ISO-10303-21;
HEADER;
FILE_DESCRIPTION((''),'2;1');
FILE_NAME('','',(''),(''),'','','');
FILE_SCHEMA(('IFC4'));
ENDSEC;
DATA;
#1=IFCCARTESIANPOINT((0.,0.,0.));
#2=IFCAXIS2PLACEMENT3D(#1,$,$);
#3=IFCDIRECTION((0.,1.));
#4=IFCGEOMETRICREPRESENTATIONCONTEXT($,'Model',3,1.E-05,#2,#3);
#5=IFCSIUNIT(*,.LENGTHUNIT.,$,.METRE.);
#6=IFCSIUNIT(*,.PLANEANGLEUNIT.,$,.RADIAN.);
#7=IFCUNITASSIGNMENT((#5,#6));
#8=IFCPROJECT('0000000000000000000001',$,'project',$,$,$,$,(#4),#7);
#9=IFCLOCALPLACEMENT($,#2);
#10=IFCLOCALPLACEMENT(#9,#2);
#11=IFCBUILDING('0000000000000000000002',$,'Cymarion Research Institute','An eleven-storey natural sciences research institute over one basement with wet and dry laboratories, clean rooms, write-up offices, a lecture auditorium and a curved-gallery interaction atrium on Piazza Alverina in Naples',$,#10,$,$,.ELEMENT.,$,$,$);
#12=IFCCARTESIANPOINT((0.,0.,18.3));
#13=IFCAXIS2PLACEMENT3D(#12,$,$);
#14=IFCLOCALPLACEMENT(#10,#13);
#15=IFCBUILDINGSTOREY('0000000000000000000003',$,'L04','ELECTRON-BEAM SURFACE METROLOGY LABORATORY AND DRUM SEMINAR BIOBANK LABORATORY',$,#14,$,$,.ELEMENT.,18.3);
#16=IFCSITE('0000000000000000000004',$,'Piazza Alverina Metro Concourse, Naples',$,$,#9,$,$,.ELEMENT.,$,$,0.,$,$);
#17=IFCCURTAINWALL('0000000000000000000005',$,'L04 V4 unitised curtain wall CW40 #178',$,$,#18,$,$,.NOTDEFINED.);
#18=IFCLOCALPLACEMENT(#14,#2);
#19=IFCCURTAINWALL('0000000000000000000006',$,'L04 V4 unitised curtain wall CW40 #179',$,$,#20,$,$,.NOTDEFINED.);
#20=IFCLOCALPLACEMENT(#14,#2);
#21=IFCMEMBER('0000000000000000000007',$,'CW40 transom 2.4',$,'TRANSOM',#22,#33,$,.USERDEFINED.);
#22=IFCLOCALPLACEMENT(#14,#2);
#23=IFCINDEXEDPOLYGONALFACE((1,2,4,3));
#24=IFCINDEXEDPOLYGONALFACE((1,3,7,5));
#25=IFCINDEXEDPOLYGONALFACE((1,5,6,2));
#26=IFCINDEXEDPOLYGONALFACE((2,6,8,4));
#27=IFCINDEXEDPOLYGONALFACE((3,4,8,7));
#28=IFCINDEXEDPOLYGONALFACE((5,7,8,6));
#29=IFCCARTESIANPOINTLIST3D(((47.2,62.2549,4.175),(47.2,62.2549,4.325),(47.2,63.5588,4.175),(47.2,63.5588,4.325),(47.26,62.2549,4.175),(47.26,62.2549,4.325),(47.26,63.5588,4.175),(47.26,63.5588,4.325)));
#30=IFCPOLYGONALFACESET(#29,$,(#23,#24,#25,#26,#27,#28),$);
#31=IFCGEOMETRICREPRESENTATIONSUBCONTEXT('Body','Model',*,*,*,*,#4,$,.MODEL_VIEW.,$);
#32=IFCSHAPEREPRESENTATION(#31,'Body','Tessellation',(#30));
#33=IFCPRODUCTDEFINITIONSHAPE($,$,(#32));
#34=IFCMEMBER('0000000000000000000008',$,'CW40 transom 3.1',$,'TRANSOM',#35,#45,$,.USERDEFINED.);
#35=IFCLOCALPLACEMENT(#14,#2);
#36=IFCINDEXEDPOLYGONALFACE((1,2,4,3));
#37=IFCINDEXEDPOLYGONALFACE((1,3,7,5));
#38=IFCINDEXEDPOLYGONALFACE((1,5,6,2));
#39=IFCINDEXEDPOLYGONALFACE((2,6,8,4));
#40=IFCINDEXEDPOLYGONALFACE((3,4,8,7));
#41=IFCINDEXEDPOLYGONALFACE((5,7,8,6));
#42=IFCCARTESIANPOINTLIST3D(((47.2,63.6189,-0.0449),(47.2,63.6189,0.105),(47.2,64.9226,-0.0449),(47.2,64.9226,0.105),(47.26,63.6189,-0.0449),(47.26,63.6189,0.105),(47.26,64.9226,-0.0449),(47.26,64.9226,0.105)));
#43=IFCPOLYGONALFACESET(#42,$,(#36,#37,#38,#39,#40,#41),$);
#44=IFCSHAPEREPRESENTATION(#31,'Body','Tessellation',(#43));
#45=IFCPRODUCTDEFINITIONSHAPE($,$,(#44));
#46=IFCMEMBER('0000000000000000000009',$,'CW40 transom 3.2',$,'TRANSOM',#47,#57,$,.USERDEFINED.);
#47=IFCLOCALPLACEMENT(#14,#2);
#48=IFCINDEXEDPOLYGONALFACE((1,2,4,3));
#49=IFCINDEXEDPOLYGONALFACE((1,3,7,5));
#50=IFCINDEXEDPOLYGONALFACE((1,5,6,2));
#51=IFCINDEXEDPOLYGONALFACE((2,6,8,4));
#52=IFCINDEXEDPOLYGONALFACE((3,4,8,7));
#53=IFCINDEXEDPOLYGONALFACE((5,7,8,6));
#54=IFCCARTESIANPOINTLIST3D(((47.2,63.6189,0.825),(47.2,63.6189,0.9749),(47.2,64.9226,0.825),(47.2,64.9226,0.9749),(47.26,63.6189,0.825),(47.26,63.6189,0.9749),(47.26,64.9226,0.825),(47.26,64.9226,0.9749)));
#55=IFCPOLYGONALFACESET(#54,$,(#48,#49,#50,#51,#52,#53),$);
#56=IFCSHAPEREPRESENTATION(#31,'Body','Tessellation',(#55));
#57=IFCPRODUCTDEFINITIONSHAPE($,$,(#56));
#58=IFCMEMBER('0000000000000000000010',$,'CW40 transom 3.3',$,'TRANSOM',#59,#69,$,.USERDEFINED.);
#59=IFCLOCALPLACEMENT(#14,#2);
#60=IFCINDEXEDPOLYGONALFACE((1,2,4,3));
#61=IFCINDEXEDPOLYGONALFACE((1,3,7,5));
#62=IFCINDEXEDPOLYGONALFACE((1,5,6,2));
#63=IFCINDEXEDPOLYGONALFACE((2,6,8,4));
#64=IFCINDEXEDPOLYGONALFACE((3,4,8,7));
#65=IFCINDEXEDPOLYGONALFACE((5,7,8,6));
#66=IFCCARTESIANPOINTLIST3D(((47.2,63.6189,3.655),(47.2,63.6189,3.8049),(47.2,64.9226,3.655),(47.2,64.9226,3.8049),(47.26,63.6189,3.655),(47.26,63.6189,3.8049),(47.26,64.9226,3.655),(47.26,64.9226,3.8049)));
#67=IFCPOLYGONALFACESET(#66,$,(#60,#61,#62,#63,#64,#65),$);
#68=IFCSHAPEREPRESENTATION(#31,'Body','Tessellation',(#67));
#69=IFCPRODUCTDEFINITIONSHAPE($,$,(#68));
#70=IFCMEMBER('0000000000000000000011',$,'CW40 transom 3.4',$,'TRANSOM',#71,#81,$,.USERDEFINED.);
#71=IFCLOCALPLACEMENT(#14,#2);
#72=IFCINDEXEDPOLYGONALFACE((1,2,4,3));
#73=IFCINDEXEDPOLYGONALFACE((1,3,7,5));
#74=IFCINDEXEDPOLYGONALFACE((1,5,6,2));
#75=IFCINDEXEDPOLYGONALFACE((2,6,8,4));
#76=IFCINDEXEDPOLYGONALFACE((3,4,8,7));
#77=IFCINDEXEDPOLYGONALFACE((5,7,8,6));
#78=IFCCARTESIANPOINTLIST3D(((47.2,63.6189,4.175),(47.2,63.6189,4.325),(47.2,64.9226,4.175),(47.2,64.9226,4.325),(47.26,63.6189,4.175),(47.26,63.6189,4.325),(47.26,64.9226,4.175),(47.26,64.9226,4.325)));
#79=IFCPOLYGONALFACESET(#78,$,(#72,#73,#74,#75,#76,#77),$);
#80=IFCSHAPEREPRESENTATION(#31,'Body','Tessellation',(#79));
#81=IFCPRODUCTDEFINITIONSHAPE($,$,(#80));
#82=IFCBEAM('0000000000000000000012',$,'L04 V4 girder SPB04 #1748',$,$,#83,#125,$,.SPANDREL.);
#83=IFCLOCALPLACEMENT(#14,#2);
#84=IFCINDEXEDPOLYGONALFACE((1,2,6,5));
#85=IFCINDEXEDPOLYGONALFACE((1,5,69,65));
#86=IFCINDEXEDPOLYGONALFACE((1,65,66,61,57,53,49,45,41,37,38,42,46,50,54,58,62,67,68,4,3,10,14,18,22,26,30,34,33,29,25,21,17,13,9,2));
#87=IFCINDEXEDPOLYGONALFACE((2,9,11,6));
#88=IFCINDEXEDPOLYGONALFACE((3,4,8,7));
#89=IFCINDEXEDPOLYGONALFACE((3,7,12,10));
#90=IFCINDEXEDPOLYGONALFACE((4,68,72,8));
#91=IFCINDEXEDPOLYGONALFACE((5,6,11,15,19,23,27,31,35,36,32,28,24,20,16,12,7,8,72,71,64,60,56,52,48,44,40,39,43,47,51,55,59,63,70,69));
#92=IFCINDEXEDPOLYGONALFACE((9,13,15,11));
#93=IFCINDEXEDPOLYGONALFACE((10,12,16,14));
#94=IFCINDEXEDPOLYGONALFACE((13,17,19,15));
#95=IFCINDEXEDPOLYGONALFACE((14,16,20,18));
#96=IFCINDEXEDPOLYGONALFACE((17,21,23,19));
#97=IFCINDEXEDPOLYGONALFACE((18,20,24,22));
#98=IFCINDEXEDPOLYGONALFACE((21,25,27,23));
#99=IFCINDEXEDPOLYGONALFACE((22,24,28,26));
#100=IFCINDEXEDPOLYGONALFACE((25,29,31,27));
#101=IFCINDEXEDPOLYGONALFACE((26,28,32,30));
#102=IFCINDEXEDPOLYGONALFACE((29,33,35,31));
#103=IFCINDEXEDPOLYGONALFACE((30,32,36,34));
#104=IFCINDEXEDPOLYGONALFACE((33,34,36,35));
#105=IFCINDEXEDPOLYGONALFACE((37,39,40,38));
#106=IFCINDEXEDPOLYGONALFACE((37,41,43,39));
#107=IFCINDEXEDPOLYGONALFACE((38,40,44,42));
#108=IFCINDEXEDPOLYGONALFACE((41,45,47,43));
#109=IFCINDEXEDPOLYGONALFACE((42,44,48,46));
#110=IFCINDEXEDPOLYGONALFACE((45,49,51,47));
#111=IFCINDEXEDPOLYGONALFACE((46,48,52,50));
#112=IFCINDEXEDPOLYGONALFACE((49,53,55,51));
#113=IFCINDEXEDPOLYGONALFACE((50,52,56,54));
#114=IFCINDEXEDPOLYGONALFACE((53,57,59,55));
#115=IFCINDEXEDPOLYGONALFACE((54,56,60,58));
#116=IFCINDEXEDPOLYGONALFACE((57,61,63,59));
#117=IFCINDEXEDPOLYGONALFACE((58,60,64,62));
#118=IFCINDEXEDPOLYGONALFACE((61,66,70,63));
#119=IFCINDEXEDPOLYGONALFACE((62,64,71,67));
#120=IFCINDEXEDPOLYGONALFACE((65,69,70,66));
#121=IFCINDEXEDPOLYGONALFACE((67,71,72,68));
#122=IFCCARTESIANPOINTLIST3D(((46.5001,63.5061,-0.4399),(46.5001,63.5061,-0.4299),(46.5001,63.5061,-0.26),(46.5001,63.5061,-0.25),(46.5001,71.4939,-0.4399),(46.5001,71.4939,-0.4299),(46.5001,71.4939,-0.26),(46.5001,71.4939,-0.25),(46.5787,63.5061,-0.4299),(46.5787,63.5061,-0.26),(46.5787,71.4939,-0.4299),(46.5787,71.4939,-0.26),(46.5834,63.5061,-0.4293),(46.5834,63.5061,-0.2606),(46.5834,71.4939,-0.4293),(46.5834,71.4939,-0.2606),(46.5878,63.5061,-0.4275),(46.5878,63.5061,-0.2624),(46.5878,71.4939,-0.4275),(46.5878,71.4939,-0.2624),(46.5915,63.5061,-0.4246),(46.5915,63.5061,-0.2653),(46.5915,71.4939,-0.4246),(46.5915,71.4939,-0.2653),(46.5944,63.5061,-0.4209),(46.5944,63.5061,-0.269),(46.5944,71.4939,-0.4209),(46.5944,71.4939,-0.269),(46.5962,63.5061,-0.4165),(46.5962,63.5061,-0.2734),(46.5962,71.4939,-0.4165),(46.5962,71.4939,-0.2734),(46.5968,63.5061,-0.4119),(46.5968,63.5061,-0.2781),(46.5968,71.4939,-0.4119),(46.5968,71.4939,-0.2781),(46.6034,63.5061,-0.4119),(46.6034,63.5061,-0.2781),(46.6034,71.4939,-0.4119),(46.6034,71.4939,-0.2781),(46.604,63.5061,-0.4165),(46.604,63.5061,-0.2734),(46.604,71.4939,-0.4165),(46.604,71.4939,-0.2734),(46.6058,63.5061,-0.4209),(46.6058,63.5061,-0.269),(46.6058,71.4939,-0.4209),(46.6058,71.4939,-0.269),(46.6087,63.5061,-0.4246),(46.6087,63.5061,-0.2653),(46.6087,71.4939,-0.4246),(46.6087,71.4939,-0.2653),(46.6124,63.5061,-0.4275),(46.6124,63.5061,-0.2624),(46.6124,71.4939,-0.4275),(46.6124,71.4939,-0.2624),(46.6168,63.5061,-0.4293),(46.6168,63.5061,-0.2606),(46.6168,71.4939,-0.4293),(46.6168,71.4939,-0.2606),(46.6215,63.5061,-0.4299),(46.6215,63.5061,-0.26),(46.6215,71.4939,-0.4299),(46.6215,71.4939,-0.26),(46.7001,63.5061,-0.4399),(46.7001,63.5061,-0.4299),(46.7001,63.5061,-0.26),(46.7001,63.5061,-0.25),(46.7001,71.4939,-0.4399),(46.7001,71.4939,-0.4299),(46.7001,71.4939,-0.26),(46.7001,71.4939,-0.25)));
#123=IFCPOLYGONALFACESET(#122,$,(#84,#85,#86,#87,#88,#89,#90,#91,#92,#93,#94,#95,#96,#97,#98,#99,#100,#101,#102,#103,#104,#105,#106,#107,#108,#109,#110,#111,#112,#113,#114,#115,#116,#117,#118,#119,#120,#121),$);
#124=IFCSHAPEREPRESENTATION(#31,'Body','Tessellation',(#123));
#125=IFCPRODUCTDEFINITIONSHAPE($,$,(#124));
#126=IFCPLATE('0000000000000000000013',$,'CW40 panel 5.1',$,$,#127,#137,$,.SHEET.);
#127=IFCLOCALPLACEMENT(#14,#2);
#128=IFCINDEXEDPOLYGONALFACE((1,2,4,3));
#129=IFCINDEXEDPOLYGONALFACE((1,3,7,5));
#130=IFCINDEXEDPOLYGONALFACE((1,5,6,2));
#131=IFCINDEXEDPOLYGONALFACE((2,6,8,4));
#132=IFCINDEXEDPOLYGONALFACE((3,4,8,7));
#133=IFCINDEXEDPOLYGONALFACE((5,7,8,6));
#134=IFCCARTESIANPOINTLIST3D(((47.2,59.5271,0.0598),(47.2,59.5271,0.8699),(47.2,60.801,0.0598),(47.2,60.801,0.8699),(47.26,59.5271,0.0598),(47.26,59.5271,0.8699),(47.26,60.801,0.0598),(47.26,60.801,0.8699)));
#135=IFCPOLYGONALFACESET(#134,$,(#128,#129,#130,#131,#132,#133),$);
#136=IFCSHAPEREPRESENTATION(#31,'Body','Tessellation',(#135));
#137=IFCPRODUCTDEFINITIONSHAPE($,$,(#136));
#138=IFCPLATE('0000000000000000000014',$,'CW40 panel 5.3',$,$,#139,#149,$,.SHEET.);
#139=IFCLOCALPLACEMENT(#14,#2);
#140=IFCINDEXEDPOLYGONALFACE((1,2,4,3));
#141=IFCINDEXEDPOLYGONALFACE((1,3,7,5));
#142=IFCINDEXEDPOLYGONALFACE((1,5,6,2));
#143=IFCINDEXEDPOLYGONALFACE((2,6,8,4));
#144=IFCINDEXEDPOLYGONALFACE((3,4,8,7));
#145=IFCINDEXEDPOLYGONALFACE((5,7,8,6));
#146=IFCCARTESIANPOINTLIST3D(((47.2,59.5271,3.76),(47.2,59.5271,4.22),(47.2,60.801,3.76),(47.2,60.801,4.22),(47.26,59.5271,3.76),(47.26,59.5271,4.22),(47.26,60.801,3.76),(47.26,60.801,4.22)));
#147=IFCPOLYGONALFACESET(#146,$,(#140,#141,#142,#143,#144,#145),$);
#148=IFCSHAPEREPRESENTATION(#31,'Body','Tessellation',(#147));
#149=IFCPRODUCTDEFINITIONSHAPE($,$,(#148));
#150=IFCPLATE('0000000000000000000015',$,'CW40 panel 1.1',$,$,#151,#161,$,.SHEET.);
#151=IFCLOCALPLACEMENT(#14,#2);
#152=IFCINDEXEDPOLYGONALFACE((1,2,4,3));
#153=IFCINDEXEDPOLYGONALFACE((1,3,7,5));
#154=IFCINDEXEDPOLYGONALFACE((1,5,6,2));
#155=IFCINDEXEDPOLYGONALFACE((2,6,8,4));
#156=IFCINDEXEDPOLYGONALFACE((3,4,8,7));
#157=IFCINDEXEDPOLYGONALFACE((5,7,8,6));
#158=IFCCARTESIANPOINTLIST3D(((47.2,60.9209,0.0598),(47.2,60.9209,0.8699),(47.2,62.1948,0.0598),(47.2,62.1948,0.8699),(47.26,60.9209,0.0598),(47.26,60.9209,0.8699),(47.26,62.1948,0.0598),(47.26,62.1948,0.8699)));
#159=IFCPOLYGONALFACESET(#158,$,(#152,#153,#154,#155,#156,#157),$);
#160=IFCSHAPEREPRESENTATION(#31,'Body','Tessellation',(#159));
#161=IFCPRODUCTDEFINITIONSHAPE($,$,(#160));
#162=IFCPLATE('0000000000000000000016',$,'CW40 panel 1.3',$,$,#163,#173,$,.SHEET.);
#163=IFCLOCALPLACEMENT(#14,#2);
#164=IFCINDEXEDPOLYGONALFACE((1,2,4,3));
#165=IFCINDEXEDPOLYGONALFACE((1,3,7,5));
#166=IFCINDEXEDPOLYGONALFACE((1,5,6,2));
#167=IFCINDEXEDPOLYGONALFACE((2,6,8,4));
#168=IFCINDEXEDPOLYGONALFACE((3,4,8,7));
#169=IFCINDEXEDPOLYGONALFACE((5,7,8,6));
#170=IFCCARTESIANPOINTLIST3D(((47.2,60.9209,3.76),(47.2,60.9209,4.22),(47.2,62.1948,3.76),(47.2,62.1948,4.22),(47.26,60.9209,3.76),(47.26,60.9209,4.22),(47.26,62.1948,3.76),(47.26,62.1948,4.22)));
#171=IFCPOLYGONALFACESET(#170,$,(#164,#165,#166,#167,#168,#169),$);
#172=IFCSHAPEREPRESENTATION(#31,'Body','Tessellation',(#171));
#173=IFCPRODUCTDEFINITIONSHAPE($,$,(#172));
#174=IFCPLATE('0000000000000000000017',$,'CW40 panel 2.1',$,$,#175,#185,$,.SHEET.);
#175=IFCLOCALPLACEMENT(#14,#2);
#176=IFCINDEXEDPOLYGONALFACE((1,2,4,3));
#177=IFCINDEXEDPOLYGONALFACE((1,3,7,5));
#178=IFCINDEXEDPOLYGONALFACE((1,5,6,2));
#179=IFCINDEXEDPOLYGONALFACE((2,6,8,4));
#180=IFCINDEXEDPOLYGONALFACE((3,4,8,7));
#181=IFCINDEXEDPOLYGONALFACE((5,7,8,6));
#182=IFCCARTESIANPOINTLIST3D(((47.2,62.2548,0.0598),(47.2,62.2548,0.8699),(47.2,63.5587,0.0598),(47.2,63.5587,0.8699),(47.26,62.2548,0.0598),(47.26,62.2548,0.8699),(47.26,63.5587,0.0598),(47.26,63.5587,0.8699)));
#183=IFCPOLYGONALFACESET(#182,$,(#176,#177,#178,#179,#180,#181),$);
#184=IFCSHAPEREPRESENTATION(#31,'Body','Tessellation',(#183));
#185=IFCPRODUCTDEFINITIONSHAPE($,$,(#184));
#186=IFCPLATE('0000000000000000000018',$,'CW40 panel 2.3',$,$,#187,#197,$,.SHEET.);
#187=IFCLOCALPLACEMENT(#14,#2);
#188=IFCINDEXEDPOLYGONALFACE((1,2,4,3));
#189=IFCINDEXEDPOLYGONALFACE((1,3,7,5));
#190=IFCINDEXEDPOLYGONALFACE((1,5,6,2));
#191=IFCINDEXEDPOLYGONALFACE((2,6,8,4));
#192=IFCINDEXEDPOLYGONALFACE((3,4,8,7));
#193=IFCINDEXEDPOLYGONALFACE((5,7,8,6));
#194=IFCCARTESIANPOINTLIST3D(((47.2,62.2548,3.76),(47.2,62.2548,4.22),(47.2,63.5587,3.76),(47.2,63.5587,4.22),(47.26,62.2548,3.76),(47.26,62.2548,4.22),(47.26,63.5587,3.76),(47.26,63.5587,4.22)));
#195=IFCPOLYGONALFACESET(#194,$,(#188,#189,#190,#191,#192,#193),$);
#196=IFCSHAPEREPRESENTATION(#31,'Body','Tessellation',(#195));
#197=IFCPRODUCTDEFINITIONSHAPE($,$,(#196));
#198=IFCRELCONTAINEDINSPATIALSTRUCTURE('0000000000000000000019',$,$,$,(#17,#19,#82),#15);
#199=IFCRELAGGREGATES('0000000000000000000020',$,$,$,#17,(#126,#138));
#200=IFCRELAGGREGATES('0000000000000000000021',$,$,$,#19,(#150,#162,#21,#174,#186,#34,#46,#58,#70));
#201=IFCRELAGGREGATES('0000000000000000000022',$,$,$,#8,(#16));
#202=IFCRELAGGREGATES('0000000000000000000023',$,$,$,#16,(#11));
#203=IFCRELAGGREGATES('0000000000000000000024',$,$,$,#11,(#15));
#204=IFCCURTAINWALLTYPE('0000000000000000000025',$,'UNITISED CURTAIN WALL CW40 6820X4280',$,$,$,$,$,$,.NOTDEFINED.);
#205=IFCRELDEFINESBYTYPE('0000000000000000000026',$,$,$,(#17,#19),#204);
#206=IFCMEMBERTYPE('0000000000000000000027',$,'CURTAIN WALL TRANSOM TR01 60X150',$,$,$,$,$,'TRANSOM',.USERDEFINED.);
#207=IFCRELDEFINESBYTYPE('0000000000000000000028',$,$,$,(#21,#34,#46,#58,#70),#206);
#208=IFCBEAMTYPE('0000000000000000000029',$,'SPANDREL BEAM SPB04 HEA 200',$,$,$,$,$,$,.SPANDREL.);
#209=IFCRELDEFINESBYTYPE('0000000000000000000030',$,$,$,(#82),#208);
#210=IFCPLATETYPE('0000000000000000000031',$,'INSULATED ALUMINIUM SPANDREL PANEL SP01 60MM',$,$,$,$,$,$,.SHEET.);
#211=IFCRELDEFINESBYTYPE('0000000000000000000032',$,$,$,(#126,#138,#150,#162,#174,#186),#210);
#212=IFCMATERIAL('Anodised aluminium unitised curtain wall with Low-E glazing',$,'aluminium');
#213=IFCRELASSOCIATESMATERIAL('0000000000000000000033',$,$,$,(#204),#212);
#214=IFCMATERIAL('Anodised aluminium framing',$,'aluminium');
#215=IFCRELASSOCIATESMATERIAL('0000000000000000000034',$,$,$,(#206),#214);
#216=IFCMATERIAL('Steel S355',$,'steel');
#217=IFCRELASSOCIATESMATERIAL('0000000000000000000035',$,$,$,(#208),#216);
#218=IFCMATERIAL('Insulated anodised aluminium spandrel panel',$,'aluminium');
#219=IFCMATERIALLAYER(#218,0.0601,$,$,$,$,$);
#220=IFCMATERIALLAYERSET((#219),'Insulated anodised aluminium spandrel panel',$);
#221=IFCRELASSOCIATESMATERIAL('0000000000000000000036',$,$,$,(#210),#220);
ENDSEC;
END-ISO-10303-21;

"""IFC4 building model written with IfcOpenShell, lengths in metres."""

from ifc_helpers import new_model, si_unit, direction, frame, origin, origin_2d, place, context, subcontext, project, spatial, rectangle, i_section, extrude, material, layer, layer_set, material_profile, profile_set, type_object, element, aggregate, save


model = new_model("IFC4")

# Units and contexts
model_context = context("Model", 3, precision=1e-05, world=origin(), true_north=direction((0.0, 1.0)))
body_context = subcontext(model_context, "Body", "Model", "MODEL_VIEW")
ifc_project = project(units=[si_unit("LENGTHUNIT", "METRE"), si_unit("PLANEANGLEUNIT", "RADIAN")], contexts=[model_context])

# Site, building, storey
site_placement = place(None, origin())
site = spatial("IfcSite", under=ifc_project, at=site_placement, Name="Piazza Alverina Metro Concourse, Naples", CompositionType="ELEMENT", RefElevation=0.0)
building_placement = place(site_placement, origin())
building = spatial("IfcBuilding", under=site, at=building_placement, Name="Cymarion Research Institute", Description="An eleven-storey natural sciences research institute over one basement with wet and dry laboratories, clean rooms, write-up offices, a lecture auditorium and a curved-gallery interaction atrium on Piazza Alverina in Naples", CompositionType="ELEMENT")
storey_placement = place(building_placement, frame((0.0, 0.0, 18.3)))
storey = spatial("IfcBuildingStorey", under=building, at=storey_placement, Name="L04", Description="ELECTRON-BEAM SURFACE METROLOGY LABORATORY AND DRUM SEMINAR BIOBANK LABORATORY", CompositionType="ELEMENT", Elevation=18.3)

# Shared definitions
ifc_material_1 = material(Name="Steel S355", Category="steel")

# Curtain wall
ifc_material_2 = material(Name="Anodised aluminium unitised curtain wall with Low-E glazing", Category="aluminium")
curtain_wall_type = type_object("IfcCurtainWallType", Name="UNITISED CURTAIN WALL CW40 6820X4280", PredefinedType="NOTDEFINED", material=ifc_material_2)
curtain_wall_1_placement = place(storey_placement, origin())
curtain_wall_1 = element("IfcCurtainWall", 1, at=curtain_wall_1_placement, inside=storey, type_object=curtain_wall_type, Name="L04 V4 unitised curtain wall CW40 #178", PredefinedType="NOTDEFINED")
ifc_material_3 = material(Name="Anodised aluminium framing", Category="aluminium")

# Curtain wall, members
curtain_wall_2_placement = place(storey_placement, origin())
curtain_wall_2 = element("IfcCurtainWall", 2, at=curtain_wall_2_placement, inside=storey, type_object=curtain_wall_type, Name="L04 V4 unitised curtain wall CW40 #179", PredefinedType="NOTDEFINED")
ifc_material_profile_1 = material_profile(ifc_material_3, rectangle(XDim=0.0601, YDim=0.1499, at=origin_2d()), Name="ALU TRANSOM 60x150")
ifc_profile_set_1 = profile_set([ifc_material_profile_1], Name="Anodised aluminium framing")
member_type_1 = type_object("IfcMemberType", Name="CURTAIN WALL TRANSOM TR01 60X150", ElementType="TRANSOM", PredefinedType="USERDEFINED", material=ifc_profile_set_1)
member_1_placement = place(storey_placement, frame((47.23, 62.2549, 4.25), z_axis=(0.0, 1.0, 0.0), x_axis=(-1.0, 0.0, 0.0)))
member_1 = element("IfcMember", 3, at=member_1_placement, type_object=member_type_1, Name="CW40 transom 2.4", ObjectType="TRANSOM", PredefinedType="USERDEFINED", context=body_context, shape_type="SweptSolid", body=[
    extrude(rectangle(XDim=0.0601, YDim=0.1499, at=origin_2d()), origin(), (0.0, 0.0, 1.0), 1.304),
])
member_2_placement = place(storey_placement, frame((47.23, 63.6189, 0.03), z_axis=(0.0, 1.0, 0.0), x_axis=(-1.0, 0.0, 0.0)))
member_2 = element("IfcMember", 4, at=member_2_placement, type_object=member_type_1, Name="CW40 transom 3.1", ObjectType="TRANSOM", PredefinedType="USERDEFINED", context=body_context, shape_type="SweptSolid", body=[
    extrude(rectangle(XDim=0.0601, YDim=0.1499, at=origin_2d()), origin(), (0.0, 0.0, 1.0), 1.3037),
])
member_3_placement = place(storey_placement, frame((47.23, 63.6189, 0.8999), z_axis=(0.0, 1.0, 0.0), x_axis=(-1.0, 0.0, 0.0)))
member_3 = element("IfcMember", 5, at=member_3_placement, type_object=member_type_1, Name="CW40 transom 3.2", ObjectType="TRANSOM", PredefinedType="USERDEFINED", context=body_context, shape_type="SweptSolid", body=[
    extrude(rectangle(XDim=0.0601, YDim=0.1499, at=origin_2d()), origin(), (0.0, 0.0, 1.0), 1.3037),
])
member_4_placement = place(storey_placement, frame((47.23, 63.6189, 3.73), z_axis=(0.0, 1.0, 0.0), x_axis=(-1.0, 0.0, 0.0)))
member_4 = element("IfcMember", 6, at=member_4_placement, type_object=member_type_1, Name="CW40 transom 3.3", ObjectType="TRANSOM", PredefinedType="USERDEFINED", context=body_context, shape_type="SweptSolid", body=[
    extrude(rectangle(XDim=0.0601, YDim=0.1499, at=origin_2d()), origin(), (0.0, 0.0, 1.0), 1.3037),
])
member_5_placement = place(storey_placement, frame((47.23, 63.6189, 4.25), z_axis=(0.0, 1.0, 0.0), x_axis=(-1.0, 0.0, 0.0)))
member_5 = element("IfcMember", 7, at=member_5_placement, type_object=member_type_1, Name="CW40 transom 3.4", ObjectType="TRANSOM", PredefinedType="USERDEFINED", context=body_context, shape_type="SweptSolid", body=[
    extrude(rectangle(XDim=0.0601, YDim=0.1499, at=origin_2d()), origin(), (0.0, 0.0, 1.0), 1.3037),
])

# Beam
ifc_material_profile_2 = material_profile(ifc_material_1, i_section(OverallWidth=0.2, OverallDepth=0.1899, WebThickness=0.0066, FlangeThickness=0.01, FilletRadius=0.0181, at=origin_2d()), Name="HEA 200")
ifc_profile_set_2 = profile_set([ifc_material_profile_2], Name="Steel S355")
beam_type = type_object("IfcBeamType", Name="SPANDREL BEAM SPB04 HEA 200", PredefinedType="SPANDREL", material=ifc_profile_set_2)
beam_placement = place(storey_placement, frame((46.6001, 63.5061, -0.345), z_axis=(0.0, 1.0, 0.0), x_axis=(-1.0, 0.0, 0.0)))
element("IfcBeam", 8, at=beam_placement, inside=storey, type_object=beam_type, Name="L04 V4 girder SPB04 #1748", PredefinedType="SPANDREL", context=body_context, shape_type="SweptSolid", body=[
    extrude(i_section(OverallWidth=0.2, OverallDepth=0.1899, WebThickness=0.0066, FlangeThickness=0.01, FilletRadius=0.0181, at=origin_2d()), origin(), (0.0, 0.0, 1.0), 7.9878),
])

# Plates
ifc_material_4 = material(Name="Insulated anodised aluminium spandrel panel", Category="aluminium")
ifc_layer_1 = layer(ifc_material_4, 0.0601)
ifc_layer_set_1 = layer_set([ifc_layer_1], Name="Insulated anodised aluminium spandrel panel")
plate_type_1 = type_object("IfcPlateType", Name="INSULATED ALUMINIUM SPANDREL PANEL SP01 60MM", PredefinedType="SHEET", material=ifc_layer_set_1)
plate_1_placement = place(storey_placement, frame((47.23, 60.1641, 0.0598), z_axis=(0.0, 0.0, 1.0), x_axis=(0.0, 1.0, 0.0)))
plate_1 = element("IfcPlate", 9, at=plate_1_placement, type_object=plate_type_1, Name="CW40 panel 5.1", PredefinedType="SHEET", context=body_context, shape_type="SweptSolid", body=[
    extrude(rectangle(XDim=1.2739, YDim=0.0601, at=origin_2d()), origin(), (0.0, 0.0, 1.0), 0.8101),
])
plate_2_placement = place(storey_placement, frame((47.23, 60.1641, 3.76), z_axis=(0.0, 0.0, 1.0), x_axis=(0.0, 1.0, 0.0)))
plate_2 = element("IfcPlate", 10, at=plate_2_placement, type_object=plate_type_1, Name="CW40 panel 5.3", PredefinedType="SHEET", context=body_context, shape_type="SweptSolid", body=[
    extrude(rectangle(XDim=1.2739, YDim=0.0601, at=origin_2d()), origin(), (0.0, 0.0, 1.0), 0.46),
])
plate_3_placement = place(storey_placement, frame((47.23, 61.5579, 0.0598), z_axis=(0.0, 0.0, 1.0), x_axis=(0.0, 1.0, 0.0)))
plate_3 = element("IfcPlate", 11, at=plate_3_placement, type_object=plate_type_1, Name="CW40 panel 1.1", PredefinedType="SHEET", context=body_context, shape_type="SweptSolid", body=[
    extrude(rectangle(XDim=1.2739, YDim=0.0601, at=origin_2d()), origin(), (0.0, 0.0, 1.0), 0.8101),
])
plate_4_placement = place(storey_placement, frame((47.23, 61.5579, 3.76), z_axis=(0.0, 0.0, 1.0), x_axis=(0.0, 1.0, 0.0)))
plate_4 = element("IfcPlate", 12, at=plate_4_placement, type_object=plate_type_1, Name="CW40 panel 1.3", PredefinedType="SHEET", context=body_context, shape_type="SweptSolid", body=[
    extrude(rectangle(XDim=1.2739, YDim=0.0601, at=origin_2d()), origin(), (0.0, 0.0, 1.0), 0.46),
])
plate_5_placement = place(storey_placement, frame((47.23, 62.9067, 0.0598), z_axis=(0.0, 0.0, 1.0), x_axis=(0.0, 1.0, 0.0)))
plate_5 = element("IfcPlate", 13, at=plate_5_placement, type_object=plate_type_1, Name="CW40 panel 2.1", PredefinedType="SHEET", context=body_context, shape_type="SweptSolid", body=[
    extrude(rectangle(XDim=1.304, YDim=0.0601, at=origin_2d()), origin(), (0.0, 0.0, 1.0), 0.8101),
])
plate_6_placement = place(storey_placement, frame((47.23, 62.9067, 3.76), z_axis=(0.0, 0.0, 1.0), x_axis=(0.0, 1.0, 0.0)))
plate_6 = element("IfcPlate", 14, at=plate_6_placement, type_object=plate_type_1, Name="CW40 panel 2.3", PredefinedType="SHEET", context=body_context, shape_type="SweptSolid", body=[
    extrude(rectangle(XDim=1.304, YDim=0.0601, at=origin_2d()), origin(), (0.0, 0.0, 1.0), 0.46),
])
aggregate(curtain_wall_1, [plate_1, plate_2])
aggregate(curtain_wall_2, [plate_3, plate_4, member_1, plate_5, plate_6, member_2, member_3, member_4, member_5])

save(model, "model.ifc")
